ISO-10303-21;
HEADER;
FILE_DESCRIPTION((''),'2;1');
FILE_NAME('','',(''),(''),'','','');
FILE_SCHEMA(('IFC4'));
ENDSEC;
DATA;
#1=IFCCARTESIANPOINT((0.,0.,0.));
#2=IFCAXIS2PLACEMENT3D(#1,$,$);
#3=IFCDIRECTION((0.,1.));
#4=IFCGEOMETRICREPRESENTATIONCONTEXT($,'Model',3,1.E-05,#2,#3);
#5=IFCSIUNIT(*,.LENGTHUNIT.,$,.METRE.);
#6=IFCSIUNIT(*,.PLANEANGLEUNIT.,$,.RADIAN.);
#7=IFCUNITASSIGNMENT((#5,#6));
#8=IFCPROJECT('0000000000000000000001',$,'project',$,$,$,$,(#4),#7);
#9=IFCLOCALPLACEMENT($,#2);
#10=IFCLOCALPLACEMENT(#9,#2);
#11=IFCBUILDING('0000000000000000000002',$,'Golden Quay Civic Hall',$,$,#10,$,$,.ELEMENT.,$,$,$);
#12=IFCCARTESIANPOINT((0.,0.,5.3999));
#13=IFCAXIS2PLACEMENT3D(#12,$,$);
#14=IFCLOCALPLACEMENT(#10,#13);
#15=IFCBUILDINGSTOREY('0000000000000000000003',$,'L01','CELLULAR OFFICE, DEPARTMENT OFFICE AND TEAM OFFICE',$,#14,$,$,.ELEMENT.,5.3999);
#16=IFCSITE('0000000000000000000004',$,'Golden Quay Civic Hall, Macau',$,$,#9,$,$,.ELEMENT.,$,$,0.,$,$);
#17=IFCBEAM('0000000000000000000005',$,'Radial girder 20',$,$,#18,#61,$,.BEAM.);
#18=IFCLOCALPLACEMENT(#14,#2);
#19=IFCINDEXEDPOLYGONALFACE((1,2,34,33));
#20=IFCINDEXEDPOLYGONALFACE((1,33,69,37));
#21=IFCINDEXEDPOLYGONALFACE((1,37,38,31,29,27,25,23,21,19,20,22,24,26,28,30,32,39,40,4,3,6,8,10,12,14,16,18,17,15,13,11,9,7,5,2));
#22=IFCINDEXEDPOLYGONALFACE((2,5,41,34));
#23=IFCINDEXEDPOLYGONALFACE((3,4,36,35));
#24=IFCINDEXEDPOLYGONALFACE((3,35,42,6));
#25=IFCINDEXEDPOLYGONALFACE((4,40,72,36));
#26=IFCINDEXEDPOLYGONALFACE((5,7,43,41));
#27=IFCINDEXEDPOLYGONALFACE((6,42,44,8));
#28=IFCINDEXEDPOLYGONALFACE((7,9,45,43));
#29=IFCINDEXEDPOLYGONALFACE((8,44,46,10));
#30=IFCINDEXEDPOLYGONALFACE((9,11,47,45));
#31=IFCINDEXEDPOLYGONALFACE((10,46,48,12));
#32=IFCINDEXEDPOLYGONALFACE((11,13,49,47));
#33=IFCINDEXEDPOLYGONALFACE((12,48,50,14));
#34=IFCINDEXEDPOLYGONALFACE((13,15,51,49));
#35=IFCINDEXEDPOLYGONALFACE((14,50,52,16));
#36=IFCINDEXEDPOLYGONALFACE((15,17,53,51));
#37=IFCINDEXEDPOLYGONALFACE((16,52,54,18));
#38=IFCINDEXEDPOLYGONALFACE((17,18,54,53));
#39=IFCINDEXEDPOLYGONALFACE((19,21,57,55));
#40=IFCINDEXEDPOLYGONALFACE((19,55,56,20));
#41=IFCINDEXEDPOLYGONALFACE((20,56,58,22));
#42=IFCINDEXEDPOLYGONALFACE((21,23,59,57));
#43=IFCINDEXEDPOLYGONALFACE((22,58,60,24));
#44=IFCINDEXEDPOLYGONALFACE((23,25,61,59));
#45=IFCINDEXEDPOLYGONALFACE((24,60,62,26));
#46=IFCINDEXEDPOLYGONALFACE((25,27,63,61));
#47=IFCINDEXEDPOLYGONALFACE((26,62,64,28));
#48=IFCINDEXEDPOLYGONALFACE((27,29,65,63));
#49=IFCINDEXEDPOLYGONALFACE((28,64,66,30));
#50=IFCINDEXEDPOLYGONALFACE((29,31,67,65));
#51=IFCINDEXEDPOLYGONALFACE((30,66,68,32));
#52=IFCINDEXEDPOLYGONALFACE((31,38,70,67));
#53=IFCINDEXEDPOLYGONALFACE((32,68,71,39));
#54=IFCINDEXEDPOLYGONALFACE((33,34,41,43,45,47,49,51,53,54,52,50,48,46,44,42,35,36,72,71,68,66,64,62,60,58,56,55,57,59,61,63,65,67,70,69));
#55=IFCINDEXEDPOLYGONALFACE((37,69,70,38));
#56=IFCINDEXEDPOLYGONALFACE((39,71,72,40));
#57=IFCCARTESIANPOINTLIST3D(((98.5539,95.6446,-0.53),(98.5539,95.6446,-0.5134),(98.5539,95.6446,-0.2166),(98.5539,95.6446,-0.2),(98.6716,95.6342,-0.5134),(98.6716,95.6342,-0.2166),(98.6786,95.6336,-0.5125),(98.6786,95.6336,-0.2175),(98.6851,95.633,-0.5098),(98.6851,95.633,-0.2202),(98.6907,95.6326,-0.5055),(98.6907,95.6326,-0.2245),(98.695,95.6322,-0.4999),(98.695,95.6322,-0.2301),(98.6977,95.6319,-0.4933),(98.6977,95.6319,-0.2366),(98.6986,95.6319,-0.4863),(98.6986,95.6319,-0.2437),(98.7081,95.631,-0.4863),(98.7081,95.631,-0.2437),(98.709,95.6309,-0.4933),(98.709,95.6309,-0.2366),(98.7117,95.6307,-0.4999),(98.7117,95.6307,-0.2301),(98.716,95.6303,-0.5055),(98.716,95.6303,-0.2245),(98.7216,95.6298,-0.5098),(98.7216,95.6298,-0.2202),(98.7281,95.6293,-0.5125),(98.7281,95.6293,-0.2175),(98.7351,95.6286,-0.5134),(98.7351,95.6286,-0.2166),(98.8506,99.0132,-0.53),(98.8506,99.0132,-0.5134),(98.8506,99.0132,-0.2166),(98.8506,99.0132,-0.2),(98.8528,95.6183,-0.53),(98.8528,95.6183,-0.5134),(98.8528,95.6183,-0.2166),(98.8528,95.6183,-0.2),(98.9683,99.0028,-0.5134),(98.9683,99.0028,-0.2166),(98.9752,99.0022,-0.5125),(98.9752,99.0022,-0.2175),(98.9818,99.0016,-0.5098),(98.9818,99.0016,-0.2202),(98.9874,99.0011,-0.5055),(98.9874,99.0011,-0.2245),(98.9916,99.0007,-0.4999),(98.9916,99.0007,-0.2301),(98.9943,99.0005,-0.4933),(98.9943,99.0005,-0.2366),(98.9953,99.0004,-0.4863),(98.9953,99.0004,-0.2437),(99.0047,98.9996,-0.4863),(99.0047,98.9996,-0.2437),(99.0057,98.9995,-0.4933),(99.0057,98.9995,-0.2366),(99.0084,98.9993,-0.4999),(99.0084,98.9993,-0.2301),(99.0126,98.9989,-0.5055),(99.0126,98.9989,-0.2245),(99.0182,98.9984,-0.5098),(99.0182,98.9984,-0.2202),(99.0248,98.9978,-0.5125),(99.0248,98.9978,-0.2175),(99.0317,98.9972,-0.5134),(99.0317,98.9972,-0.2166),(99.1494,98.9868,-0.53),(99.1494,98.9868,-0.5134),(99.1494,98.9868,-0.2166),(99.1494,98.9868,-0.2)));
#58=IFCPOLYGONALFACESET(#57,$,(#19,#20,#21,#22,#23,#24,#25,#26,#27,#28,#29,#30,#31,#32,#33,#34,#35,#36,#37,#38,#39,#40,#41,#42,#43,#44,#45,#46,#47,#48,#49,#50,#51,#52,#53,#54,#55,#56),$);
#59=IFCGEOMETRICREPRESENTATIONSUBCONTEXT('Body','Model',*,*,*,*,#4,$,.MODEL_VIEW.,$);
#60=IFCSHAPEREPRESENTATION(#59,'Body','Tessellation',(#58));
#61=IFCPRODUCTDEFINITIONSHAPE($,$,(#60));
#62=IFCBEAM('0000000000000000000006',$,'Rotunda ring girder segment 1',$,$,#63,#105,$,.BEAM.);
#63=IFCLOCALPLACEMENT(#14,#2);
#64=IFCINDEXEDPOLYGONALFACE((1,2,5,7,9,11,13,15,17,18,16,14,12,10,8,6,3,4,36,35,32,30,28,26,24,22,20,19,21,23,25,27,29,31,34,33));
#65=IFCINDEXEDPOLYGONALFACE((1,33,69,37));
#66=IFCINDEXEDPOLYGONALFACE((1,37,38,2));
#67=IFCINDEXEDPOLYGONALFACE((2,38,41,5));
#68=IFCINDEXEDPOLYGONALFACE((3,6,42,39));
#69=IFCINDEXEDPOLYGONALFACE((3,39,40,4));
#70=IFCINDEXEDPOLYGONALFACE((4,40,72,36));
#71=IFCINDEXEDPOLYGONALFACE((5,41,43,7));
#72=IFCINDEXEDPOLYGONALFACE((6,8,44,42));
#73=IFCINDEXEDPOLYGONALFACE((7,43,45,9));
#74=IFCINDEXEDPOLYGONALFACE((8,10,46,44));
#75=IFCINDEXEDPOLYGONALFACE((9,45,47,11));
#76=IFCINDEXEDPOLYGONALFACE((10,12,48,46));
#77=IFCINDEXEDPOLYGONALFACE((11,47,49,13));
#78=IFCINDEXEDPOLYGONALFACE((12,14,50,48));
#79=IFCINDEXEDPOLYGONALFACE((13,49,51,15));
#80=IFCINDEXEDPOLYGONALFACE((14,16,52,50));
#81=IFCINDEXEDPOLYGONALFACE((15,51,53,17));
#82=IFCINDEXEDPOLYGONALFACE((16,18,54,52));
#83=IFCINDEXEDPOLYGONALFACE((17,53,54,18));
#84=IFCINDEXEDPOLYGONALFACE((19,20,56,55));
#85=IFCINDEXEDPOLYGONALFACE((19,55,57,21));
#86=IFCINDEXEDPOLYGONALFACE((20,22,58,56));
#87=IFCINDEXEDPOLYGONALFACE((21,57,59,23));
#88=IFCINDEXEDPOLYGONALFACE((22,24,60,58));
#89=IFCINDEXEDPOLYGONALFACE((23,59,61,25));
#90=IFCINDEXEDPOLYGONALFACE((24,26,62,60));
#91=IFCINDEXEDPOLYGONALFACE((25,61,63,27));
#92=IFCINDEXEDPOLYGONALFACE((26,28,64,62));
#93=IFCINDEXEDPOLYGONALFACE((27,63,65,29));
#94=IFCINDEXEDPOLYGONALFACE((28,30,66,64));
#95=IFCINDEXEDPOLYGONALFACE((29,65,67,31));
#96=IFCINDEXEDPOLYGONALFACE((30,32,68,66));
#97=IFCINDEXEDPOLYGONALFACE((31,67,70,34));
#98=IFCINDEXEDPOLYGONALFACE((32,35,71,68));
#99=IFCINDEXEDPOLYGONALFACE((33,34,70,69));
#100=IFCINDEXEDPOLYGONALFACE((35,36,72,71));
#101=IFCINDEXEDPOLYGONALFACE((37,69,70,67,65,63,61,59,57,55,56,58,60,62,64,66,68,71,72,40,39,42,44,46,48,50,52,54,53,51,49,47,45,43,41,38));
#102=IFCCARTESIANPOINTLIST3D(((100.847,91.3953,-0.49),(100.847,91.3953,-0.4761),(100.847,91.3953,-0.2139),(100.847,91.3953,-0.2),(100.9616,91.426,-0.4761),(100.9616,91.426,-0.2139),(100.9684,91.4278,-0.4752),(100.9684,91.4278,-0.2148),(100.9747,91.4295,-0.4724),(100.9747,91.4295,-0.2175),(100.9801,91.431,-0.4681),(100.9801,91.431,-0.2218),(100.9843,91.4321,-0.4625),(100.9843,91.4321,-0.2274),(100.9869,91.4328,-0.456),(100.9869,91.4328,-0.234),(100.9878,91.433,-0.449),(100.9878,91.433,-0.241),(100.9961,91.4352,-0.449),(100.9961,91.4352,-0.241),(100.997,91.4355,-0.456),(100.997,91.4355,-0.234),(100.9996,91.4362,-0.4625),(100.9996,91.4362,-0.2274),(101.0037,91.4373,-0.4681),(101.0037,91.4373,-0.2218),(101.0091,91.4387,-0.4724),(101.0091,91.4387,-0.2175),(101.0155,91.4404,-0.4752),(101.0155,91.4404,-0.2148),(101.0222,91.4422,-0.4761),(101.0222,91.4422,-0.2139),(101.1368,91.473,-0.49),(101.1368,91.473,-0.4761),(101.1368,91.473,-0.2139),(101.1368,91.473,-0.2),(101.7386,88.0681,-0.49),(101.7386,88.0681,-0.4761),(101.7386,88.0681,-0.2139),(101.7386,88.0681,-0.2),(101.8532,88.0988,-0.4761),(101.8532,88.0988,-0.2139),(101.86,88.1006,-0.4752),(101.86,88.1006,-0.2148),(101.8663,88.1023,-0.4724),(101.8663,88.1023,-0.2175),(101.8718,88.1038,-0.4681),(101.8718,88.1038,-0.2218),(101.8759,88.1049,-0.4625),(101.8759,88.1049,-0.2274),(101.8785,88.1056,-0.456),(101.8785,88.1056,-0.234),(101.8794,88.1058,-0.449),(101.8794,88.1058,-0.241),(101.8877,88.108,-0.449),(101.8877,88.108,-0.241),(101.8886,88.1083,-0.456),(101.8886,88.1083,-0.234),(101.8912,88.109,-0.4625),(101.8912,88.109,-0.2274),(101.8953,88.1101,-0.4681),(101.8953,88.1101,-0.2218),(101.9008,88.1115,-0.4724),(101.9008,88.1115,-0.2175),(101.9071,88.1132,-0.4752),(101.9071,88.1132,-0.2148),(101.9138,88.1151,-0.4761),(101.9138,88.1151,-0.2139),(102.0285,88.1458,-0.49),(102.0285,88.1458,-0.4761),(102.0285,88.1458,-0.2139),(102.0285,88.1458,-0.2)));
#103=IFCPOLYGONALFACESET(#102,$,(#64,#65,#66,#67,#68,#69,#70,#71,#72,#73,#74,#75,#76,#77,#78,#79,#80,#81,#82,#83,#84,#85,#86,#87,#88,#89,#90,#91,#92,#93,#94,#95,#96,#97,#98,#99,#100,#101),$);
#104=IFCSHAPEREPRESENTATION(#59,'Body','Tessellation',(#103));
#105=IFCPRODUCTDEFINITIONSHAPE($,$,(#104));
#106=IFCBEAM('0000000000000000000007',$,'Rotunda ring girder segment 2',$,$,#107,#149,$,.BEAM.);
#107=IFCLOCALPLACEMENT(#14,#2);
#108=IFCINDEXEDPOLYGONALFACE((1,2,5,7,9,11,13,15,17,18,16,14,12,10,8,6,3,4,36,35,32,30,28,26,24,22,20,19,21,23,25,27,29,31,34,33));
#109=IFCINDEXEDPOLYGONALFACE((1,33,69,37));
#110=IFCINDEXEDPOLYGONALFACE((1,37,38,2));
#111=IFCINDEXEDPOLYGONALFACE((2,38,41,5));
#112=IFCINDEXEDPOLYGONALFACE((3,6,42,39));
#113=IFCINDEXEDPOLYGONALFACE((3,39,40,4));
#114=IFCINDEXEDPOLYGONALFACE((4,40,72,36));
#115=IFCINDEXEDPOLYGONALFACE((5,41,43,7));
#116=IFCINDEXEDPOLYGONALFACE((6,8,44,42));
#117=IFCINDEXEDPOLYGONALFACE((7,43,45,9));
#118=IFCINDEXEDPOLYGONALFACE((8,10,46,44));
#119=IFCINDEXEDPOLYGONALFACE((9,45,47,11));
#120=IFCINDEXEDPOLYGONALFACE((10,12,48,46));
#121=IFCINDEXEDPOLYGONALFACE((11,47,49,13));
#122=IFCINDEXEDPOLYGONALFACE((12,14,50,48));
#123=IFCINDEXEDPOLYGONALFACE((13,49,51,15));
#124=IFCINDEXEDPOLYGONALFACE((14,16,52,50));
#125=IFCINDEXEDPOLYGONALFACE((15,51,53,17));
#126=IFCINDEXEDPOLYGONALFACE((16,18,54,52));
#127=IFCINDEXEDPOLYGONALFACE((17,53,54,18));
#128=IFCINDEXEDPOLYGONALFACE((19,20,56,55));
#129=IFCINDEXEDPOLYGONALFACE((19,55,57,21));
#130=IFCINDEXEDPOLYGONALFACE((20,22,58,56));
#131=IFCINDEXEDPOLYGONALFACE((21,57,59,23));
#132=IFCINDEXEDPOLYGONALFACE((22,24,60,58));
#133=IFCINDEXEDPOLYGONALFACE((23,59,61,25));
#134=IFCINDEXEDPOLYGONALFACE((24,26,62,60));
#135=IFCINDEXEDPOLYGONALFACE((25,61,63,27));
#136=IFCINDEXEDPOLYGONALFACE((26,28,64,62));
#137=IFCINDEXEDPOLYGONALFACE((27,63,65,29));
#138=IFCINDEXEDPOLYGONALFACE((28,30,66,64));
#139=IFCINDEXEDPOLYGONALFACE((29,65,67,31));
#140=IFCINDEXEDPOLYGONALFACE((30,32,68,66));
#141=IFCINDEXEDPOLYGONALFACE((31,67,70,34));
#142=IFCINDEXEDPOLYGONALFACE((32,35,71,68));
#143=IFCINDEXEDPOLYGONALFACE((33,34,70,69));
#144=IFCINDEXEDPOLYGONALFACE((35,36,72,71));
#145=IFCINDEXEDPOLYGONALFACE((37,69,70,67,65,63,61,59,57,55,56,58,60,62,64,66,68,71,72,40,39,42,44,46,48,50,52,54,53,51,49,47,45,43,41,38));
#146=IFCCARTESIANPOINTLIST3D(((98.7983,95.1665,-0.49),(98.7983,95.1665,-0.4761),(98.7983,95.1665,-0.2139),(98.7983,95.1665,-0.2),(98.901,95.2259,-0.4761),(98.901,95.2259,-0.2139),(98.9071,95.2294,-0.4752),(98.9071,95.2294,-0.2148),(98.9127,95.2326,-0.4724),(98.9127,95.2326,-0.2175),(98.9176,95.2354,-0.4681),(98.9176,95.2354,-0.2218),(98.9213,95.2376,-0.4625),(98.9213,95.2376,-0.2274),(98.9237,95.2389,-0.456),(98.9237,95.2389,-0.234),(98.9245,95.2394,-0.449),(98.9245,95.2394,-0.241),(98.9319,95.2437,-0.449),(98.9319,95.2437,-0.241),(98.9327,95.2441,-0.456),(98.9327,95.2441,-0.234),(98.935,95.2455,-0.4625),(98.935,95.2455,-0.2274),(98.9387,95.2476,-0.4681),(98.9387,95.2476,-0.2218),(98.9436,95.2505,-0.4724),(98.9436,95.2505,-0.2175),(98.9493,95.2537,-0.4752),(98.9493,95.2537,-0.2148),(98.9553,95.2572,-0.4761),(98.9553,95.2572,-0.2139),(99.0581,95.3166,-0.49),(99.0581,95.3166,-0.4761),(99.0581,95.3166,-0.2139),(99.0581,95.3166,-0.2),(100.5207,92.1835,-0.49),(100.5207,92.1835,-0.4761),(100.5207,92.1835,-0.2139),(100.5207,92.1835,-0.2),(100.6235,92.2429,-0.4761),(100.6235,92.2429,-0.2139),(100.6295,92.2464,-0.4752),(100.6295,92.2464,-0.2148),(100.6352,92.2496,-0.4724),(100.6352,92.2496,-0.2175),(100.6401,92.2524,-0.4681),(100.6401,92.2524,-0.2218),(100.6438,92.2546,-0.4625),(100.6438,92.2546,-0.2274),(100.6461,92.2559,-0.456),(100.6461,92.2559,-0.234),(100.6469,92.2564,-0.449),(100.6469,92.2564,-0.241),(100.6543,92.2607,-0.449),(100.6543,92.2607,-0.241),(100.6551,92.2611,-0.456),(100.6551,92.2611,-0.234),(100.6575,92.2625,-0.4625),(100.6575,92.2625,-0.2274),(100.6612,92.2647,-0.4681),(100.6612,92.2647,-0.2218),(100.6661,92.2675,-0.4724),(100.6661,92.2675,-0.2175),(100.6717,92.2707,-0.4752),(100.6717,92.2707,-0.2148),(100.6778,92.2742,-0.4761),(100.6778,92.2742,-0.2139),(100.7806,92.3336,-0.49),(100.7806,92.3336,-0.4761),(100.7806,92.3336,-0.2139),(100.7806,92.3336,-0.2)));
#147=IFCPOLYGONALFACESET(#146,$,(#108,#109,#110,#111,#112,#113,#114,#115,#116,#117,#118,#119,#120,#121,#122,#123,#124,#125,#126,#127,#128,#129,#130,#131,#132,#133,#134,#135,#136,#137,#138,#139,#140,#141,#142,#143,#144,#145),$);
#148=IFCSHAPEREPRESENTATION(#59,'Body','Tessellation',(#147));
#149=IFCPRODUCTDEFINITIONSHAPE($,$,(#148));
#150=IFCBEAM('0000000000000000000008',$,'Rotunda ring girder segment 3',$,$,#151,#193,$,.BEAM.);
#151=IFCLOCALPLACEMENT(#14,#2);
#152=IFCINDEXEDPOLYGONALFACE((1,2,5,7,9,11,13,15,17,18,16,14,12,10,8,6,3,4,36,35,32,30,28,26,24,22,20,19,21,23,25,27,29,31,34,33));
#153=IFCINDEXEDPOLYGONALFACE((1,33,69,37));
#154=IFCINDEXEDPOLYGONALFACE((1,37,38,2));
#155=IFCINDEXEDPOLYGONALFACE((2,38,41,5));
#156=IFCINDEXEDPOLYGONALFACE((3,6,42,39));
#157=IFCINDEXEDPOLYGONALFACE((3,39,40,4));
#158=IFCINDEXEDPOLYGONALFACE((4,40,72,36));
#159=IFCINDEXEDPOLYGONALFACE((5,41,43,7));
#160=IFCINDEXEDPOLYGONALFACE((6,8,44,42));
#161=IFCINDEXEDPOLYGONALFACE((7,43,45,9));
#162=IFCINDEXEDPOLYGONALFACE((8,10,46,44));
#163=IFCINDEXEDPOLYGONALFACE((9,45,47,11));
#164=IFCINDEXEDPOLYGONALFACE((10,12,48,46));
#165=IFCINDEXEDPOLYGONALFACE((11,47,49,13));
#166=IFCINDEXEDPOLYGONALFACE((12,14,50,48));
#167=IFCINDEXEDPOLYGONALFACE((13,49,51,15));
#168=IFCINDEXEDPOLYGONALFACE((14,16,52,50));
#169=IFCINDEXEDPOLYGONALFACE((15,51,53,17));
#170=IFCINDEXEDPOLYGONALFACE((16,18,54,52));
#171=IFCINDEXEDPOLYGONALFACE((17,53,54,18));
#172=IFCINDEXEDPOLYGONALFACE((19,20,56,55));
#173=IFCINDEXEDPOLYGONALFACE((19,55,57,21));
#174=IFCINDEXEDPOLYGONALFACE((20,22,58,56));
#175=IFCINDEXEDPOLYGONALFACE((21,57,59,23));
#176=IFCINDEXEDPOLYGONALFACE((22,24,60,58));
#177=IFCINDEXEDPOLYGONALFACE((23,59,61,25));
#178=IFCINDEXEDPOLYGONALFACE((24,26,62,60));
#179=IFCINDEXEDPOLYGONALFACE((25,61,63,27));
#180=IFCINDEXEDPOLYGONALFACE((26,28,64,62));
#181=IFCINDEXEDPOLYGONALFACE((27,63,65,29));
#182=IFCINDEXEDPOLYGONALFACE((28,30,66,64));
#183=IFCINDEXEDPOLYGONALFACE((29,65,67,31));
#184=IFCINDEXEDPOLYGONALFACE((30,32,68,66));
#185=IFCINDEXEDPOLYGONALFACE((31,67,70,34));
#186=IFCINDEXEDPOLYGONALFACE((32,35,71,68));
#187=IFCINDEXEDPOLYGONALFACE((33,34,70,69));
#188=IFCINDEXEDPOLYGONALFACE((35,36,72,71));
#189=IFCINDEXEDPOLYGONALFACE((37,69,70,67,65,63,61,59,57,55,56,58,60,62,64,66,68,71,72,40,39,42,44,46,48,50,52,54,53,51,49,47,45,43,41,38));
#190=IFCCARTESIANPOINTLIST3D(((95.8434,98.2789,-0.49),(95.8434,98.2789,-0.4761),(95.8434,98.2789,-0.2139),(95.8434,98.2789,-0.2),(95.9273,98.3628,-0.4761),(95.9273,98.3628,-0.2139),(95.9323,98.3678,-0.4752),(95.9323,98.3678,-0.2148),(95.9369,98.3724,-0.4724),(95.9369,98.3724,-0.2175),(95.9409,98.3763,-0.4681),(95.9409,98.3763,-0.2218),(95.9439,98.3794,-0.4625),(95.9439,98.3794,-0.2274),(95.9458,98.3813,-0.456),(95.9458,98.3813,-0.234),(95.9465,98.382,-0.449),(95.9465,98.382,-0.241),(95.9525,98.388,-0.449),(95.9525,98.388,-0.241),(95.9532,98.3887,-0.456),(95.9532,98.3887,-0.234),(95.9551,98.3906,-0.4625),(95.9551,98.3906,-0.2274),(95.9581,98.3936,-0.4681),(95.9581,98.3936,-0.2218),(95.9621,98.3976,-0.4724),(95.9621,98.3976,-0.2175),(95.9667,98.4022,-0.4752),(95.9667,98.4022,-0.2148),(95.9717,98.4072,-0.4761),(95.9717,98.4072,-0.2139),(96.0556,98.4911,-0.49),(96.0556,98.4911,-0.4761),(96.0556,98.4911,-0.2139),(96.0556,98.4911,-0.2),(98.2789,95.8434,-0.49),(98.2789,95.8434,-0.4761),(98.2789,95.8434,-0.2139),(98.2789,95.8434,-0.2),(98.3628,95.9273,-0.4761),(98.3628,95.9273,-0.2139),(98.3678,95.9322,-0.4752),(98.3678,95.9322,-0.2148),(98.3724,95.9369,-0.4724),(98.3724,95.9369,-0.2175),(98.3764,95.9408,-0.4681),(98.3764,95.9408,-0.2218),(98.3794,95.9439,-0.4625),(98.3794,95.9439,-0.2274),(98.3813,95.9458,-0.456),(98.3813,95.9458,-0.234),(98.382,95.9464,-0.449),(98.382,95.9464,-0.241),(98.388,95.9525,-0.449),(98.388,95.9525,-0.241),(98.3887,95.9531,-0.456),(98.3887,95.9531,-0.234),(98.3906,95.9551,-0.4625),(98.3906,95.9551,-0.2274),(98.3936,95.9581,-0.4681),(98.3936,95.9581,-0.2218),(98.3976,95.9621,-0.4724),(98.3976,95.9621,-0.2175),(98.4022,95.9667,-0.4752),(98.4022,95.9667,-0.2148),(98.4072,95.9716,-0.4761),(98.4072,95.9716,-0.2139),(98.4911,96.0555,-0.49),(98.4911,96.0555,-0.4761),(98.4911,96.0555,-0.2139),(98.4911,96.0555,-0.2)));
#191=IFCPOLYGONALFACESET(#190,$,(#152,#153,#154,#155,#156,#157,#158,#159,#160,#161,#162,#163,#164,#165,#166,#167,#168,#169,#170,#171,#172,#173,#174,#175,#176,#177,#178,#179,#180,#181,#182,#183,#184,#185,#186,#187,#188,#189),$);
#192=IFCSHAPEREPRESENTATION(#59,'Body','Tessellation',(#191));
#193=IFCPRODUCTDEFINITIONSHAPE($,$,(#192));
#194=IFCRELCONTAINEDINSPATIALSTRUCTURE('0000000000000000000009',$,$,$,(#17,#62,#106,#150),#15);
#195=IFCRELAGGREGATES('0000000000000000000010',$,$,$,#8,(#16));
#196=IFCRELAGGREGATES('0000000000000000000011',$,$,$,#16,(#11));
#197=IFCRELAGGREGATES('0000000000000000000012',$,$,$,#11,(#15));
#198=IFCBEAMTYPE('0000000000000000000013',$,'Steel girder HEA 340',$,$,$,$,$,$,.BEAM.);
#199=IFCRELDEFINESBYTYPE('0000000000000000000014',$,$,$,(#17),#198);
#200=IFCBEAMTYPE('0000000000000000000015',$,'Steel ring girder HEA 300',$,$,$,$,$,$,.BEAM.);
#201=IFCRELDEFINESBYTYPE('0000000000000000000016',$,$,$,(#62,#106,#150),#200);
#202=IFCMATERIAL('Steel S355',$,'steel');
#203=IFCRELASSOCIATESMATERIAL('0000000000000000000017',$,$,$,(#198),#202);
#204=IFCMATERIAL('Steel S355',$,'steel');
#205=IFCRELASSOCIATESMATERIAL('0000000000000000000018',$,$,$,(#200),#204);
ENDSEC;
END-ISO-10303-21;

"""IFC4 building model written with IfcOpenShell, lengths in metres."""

from ifc_helpers import new_model, si_unit, direction, frame, origin, origin_2d, place, context, subcontext, project, spatial, i_section, extrude, material, material_profile, profile_set, type_object, element, save


model = new_model("IFC4")

# Units and contexts
model_context = context("Model", 3, precision=1e-05, world=origin(), true_north=direction((0.0, 1.0)))
body_context = subcontext(model_context, "Body", "Model", "MODEL_VIEW")
ifc_project = project(units=[si_unit("LENGTHUNIT", "METRE"), si_unit("PLANEANGLEUNIT", "RADIAN")], contexts=[model_context])

# Site, building, storey
site_placement = place(None, origin())
site = spatial("IfcSite", under=ifc_project, at=site_placement, Name="Golden Quay Civic Hall, Macau", CompositionType="ELEMENT", RefElevation=0.0)
building_placement = place(site_placement, origin())
building = spatial("IfcBuilding", under=site, at=building_placement, Name="Golden Quay Civic Hall", CompositionType="ELEMENT")
storey_placement = place(building_placement, frame((0.0, 0.0, 5.3999)))
storey = spatial("IfcBuildingStorey", under=building, at=storey_placement, Name="L01", Description="CELLULAR OFFICE, DEPARTMENT OFFICE AND TEAM OFFICE", CompositionType="ELEMENT", Elevation=5.3999)

# Beams
ifc_material_1 = material(Name="Steel S355", Category="steel")
ifc_material_profile_1 = material_profile(ifc_material_1, i_section(OverallWidth=0.3, OverallDepth=0.3301, WebThickness=0.0095, FlangeThickness=0.0166, FilletRadius=0.0271, at=origin_2d()), Name="HEA 340")
ifc_profile_set_1 = profile_set([ifc_material_profile_1], Name="Steel S355")
beam_type_1 = type_object("IfcBeamType", Name="Steel girder HEA 340", PredefinedType="BEAM", material=ifc_profile_set_1)
beam_1_placement = place(storey_placement, frame((99.0, 99.0, -0.365), z_axis=(-0.087717, -0.996145, 0.0), x_axis=(0.996145, -0.087717, 0.0)))
element("IfcBeam", 1, at=beam_1_placement, inside=storey, type_object=beam_type_1, Name="Radial girder 20", PredefinedType="BEAM", context=body_context, shape_type="SweptSolid", body=[
    extrude(i_section(OverallWidth=0.3, OverallDepth=0.3301, WebThickness=0.0095, FlangeThickness=0.0166, FilletRadius=0.0271, at=origin_2d()), origin(), (0.0, 0.0, 1.0), 3.3816),
])
ifc_material_2 = material(Name="Steel S355", Category="steel")
ifc_material_profile_2 = material_profile(ifc_material_2, i_section(OverallWidth=0.3, OverallDepth=0.29, WebThickness=0.0085, FlangeThickness=0.0139, FilletRadius=0.0271, at=origin_2d()), Name="HEA 300")
ifc_profile_set_2 = profile_set([ifc_material_profile_2], Name="Steel S355")
beam_type_2 = type_object("IfcBeamType", Name="Steel ring girder HEA 300", PredefinedType="BEAM", material=ifc_profile_set_2)
for number, where, z_axis, x_axis, name in (
    (2, (101.8835, 88.1069, -0.345), (-0.258845, 0.965919, 0.0), (-0.965919, -0.258845, 0.0), "Rotunda ring girder segment 1"),
    (3, (100.6506, 92.2585, -0.345), (-0.50005, 0.865997, 0.0), (-0.865997, -0.50005, 0.0), "Rotunda ring girder segment 2"),
):
    element("IfcBeam", number, at=place(storey_placement, frame(where, z_axis=z_axis, x_axis=x_axis)), inside=storey, type_object=beam_type_2, Name=name, PredefinedType="BEAM", context=body_context, shape_type="SweptSolid", body=[
        extrude(i_section(OverallWidth=0.3, OverallDepth=0.29, WebThickness=0.0085, FlangeThickness=0.0139, FilletRadius=0.0271, at=origin_2d()), origin(), (0.0, 0.0, 1.0), 3.4446),
    ])
beam_2_placement = place(storey_placement, frame((98.385, 95.9495, -0.345), z_axis=(-0.707107, 0.707107, 0.0), x_axis=(-0.707107, -0.707107, 0.0)))
element("IfcBeam", 4, at=beam_2_placement, inside=storey, type_object=beam_type_2, Name="Rotunda ring girder segment 3", PredefinedType="BEAM", context=body_context, shape_type="SweptSolid", body=[
    extrude(i_section(OverallWidth=0.3, OverallDepth=0.29, WebThickness=0.0085, FlangeThickness=0.0139, FilletRadius=0.0271, at=origin_2d()), origin(), (0.0, 0.0, 1.0), 3.4443),
])

save(model, "model.ifc")
